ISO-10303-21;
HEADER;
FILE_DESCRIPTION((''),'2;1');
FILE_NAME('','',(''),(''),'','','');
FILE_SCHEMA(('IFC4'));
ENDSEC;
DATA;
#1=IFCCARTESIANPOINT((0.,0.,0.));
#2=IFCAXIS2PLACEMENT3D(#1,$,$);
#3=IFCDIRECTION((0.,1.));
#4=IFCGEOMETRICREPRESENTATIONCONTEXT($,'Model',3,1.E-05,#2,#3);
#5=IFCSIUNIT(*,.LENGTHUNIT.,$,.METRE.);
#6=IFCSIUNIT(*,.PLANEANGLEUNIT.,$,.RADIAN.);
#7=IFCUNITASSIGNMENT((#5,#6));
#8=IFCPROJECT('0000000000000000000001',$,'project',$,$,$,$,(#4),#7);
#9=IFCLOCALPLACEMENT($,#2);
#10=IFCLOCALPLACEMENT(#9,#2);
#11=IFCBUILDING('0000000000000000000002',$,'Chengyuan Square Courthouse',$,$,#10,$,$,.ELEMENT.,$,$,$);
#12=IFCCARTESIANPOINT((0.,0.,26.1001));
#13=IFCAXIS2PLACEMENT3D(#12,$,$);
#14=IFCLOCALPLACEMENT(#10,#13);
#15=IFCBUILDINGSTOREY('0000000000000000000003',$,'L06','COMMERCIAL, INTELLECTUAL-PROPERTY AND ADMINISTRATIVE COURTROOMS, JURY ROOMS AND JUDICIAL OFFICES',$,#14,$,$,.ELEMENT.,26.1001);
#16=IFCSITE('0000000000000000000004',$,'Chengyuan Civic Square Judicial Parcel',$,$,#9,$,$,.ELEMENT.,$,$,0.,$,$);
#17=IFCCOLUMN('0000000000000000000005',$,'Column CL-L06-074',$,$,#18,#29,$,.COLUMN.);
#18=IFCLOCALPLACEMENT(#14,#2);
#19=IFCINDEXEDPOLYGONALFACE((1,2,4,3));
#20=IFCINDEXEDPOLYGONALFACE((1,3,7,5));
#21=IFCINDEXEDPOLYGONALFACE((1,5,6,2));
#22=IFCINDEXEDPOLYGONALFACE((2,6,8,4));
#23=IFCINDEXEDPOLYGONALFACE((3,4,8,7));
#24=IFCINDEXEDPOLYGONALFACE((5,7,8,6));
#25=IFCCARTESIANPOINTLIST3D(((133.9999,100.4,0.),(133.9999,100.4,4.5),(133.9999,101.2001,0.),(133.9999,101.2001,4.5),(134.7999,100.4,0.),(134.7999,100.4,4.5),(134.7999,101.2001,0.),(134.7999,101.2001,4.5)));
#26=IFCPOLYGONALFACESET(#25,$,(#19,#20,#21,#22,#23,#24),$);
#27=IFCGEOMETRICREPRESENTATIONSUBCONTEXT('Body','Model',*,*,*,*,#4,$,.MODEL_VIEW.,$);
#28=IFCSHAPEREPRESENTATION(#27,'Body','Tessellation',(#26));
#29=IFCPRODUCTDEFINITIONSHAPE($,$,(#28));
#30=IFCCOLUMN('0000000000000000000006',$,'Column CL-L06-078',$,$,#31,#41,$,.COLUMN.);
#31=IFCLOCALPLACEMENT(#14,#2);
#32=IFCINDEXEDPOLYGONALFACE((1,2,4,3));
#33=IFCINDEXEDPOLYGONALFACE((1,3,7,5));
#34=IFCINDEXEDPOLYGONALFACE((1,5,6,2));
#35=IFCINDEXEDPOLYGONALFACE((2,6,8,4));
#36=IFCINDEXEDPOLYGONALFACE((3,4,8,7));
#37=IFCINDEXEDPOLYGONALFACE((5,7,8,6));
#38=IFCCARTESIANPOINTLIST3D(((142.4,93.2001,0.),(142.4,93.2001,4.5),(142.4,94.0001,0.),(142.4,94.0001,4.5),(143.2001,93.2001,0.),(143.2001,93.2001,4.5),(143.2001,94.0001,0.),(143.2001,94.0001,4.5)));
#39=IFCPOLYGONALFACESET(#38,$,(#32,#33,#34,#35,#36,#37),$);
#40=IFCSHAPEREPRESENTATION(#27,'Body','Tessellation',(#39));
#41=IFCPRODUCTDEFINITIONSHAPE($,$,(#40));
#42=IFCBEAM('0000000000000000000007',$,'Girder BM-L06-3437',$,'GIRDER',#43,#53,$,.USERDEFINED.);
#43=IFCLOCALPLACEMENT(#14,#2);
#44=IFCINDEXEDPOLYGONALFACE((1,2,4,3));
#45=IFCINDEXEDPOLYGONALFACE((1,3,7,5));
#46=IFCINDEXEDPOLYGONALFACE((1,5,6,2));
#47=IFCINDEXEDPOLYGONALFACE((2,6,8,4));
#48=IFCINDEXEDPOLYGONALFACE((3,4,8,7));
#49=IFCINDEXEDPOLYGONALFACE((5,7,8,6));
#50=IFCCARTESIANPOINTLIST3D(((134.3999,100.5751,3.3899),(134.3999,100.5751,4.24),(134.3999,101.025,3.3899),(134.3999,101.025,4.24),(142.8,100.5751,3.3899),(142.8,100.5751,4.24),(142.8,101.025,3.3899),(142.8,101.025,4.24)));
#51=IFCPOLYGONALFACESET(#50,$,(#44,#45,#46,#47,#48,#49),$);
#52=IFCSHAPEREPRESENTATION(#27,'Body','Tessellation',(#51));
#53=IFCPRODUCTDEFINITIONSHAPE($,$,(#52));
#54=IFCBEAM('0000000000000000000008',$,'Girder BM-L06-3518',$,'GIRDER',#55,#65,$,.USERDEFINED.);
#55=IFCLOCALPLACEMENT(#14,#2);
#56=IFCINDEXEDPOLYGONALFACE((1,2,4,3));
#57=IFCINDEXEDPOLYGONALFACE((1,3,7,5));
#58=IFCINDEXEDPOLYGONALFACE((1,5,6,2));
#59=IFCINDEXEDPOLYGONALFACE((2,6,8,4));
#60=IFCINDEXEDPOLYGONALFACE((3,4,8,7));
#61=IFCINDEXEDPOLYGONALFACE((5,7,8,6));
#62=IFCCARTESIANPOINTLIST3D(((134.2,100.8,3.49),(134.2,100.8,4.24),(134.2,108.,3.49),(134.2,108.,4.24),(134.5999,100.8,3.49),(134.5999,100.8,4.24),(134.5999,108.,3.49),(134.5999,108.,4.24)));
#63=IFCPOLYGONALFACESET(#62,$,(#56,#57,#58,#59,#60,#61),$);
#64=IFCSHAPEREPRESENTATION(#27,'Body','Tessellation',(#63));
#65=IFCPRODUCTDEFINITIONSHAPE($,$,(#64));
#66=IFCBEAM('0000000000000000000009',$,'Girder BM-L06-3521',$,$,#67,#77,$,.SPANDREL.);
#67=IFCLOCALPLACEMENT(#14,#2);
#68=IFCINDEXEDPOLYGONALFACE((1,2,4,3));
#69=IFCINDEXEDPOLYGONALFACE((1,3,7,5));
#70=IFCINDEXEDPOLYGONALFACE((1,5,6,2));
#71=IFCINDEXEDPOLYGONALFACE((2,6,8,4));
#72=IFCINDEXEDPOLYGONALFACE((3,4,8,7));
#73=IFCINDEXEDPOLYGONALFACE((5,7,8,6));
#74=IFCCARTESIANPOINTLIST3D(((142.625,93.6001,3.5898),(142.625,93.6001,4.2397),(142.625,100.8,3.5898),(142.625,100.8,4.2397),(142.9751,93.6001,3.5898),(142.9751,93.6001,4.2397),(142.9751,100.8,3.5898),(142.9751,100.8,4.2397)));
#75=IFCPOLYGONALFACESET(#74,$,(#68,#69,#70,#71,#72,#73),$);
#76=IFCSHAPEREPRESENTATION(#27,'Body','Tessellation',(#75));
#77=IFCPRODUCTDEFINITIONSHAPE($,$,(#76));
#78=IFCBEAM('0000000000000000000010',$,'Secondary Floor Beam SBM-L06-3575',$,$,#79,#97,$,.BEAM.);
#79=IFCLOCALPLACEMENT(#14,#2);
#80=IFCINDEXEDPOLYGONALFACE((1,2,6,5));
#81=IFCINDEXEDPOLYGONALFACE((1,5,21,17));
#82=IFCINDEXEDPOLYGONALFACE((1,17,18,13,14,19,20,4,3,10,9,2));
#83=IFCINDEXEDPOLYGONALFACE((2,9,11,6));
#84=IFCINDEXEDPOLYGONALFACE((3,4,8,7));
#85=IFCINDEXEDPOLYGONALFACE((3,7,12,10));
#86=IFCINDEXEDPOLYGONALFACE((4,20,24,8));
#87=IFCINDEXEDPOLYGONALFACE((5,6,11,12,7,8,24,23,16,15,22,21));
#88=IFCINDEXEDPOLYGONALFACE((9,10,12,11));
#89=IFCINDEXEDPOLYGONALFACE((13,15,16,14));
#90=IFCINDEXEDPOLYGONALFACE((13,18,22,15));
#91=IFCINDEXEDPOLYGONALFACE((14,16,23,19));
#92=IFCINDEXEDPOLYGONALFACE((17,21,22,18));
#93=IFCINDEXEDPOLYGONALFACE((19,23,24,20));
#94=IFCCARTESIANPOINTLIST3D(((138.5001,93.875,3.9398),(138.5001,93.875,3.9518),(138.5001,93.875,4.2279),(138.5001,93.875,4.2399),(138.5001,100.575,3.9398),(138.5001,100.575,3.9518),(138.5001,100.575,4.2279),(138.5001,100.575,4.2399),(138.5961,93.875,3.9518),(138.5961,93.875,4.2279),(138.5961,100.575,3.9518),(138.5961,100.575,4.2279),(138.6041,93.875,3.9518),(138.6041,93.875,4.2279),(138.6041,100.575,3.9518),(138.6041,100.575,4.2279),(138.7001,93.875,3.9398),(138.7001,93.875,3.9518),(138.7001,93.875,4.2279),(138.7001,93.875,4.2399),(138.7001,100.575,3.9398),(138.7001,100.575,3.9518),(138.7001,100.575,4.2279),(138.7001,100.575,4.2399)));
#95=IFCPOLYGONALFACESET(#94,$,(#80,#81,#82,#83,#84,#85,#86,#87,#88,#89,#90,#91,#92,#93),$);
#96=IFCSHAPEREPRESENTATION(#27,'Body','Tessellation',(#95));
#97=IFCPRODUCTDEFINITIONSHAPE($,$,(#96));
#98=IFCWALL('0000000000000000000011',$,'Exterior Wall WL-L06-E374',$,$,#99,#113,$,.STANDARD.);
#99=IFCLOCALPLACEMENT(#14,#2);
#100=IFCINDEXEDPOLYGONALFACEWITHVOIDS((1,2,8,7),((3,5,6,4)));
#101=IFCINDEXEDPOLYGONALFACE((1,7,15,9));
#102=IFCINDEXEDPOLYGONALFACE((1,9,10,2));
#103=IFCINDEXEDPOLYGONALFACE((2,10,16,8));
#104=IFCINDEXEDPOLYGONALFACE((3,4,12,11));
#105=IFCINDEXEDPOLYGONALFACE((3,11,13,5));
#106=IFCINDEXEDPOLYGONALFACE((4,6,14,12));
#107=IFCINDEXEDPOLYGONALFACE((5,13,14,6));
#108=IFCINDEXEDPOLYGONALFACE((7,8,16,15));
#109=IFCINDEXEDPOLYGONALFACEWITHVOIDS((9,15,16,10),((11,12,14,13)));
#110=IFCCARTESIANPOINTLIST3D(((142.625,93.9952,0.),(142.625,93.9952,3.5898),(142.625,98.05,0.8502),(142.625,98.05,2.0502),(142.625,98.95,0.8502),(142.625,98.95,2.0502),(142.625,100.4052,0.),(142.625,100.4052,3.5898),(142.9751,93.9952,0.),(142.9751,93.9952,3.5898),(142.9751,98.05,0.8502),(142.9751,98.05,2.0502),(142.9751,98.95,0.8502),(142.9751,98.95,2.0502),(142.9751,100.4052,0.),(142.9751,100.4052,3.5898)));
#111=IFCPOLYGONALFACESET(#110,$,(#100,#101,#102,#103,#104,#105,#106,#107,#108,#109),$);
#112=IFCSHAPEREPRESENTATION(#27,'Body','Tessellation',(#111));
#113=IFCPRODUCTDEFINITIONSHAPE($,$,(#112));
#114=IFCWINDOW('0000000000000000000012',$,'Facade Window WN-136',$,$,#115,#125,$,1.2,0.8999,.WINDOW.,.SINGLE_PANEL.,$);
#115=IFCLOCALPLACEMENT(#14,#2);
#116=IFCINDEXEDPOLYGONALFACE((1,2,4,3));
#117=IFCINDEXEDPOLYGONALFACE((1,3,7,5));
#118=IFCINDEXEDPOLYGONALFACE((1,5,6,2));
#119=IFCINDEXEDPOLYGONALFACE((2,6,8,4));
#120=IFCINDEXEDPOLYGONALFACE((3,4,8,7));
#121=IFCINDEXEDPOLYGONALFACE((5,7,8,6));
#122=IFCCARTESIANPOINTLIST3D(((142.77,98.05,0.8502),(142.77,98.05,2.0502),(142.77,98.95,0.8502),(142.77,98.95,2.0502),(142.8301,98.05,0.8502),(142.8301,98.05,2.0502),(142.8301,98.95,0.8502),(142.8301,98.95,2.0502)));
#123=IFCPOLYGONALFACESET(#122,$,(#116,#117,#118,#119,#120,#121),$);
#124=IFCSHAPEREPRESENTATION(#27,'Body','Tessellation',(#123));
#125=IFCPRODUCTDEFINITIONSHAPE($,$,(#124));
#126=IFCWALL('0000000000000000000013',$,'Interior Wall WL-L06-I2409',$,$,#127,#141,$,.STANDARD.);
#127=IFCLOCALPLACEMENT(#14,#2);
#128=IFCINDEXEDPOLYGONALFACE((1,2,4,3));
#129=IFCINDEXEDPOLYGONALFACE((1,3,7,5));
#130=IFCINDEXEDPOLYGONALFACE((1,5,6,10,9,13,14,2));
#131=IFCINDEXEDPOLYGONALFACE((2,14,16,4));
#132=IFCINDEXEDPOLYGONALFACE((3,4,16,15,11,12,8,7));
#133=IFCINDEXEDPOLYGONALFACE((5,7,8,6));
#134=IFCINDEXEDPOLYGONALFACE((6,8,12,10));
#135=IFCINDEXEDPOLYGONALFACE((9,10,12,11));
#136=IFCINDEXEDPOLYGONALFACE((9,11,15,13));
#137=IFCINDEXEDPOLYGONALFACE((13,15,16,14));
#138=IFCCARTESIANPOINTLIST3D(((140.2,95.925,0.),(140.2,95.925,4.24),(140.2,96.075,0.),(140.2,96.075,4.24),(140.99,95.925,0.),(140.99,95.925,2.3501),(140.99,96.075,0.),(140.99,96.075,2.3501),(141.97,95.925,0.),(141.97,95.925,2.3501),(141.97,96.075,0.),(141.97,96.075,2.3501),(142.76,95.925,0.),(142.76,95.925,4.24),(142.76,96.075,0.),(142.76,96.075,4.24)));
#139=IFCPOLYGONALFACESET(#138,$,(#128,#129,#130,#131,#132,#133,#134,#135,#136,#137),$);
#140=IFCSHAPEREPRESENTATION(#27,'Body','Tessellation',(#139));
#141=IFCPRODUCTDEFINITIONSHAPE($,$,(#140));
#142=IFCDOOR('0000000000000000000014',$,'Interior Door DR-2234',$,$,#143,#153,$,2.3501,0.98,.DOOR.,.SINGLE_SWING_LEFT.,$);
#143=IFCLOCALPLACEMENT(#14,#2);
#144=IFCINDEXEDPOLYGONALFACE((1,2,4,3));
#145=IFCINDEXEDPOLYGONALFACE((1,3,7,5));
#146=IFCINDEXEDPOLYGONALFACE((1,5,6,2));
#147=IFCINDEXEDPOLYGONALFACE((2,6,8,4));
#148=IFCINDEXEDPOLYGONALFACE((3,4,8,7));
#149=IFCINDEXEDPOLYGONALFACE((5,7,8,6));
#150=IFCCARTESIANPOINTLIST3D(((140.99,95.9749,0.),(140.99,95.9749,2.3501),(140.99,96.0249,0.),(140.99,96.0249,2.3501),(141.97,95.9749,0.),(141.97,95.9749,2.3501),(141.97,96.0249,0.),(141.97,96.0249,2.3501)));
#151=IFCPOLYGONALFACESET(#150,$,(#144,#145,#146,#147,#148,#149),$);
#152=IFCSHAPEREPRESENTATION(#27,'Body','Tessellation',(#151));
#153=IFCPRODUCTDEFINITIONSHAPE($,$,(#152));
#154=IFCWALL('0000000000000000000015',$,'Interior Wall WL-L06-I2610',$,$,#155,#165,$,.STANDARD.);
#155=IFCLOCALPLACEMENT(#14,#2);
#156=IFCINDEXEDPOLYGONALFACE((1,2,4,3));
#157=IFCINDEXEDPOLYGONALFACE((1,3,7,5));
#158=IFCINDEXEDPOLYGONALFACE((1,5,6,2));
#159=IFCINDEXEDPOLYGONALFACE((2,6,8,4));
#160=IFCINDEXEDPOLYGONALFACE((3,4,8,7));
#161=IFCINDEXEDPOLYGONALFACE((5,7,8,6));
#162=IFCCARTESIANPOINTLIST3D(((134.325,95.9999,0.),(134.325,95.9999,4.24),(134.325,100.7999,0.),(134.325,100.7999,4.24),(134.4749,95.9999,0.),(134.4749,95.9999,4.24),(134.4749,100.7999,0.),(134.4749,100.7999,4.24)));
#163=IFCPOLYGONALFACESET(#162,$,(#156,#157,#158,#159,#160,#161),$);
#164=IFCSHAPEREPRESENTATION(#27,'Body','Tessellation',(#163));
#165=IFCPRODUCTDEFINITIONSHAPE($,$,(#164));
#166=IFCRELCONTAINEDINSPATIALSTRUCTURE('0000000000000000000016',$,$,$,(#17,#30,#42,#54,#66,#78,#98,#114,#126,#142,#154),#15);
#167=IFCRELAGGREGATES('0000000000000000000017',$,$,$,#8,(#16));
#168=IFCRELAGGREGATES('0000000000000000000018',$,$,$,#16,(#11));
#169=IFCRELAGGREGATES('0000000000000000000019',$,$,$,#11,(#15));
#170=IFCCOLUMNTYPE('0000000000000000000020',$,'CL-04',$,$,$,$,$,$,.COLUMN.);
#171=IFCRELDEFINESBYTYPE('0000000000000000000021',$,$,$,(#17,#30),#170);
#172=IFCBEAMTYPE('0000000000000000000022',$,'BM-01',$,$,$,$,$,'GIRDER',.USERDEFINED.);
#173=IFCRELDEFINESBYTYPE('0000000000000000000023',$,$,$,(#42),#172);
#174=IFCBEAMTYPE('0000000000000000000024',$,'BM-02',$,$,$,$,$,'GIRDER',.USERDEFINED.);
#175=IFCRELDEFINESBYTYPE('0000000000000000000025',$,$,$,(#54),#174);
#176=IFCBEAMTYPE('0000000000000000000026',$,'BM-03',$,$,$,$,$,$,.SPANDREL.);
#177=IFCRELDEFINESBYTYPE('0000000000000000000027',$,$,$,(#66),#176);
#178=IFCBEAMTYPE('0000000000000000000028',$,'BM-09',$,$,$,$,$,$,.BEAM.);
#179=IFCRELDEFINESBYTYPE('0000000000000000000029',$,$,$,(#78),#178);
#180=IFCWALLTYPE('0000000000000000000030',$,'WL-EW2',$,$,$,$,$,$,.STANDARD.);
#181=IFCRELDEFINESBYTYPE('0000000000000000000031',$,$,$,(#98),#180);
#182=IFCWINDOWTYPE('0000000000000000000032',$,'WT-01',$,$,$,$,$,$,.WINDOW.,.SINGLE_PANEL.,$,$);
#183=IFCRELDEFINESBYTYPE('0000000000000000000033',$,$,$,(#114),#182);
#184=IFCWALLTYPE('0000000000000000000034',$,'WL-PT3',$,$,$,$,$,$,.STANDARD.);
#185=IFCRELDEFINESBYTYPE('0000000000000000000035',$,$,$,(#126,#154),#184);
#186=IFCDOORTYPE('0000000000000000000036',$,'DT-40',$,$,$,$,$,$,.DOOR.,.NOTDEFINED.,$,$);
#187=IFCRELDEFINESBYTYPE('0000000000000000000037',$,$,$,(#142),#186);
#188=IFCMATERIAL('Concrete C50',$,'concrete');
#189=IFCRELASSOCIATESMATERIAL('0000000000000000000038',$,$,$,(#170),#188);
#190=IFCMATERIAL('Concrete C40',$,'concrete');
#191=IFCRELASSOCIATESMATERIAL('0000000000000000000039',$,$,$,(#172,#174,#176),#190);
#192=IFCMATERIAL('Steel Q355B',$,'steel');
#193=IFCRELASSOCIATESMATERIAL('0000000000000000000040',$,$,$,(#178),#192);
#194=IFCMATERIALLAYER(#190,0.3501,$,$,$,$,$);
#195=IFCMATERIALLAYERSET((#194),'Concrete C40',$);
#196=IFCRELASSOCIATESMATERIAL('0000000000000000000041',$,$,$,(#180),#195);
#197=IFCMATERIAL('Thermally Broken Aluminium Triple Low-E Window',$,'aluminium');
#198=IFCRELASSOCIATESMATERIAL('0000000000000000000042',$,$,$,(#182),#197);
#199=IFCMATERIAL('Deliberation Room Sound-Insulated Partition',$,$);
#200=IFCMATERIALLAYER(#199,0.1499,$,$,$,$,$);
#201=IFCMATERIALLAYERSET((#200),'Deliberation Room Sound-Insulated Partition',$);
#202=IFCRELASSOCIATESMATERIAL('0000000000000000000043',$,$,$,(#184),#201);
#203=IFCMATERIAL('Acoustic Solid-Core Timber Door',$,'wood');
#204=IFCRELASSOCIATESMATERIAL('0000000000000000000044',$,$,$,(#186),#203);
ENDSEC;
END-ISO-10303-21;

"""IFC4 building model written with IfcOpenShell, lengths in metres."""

from ifc_helpers import new_model, si_unit, direction, frame, frame_2d, origin, origin_2d, place, context, subcontext, project, spatial, rectangle, i_section, extrude, material, layer, layer_set, material_profile, profile_set, type_object, element, fill, save


model = new_model("IFC4")

# Units and contexts
model_context = context("Model", 3, precision=1e-05, world=origin(), true_north=direction((0.0, 1.0)))
body_context = subcontext(model_context, "Body", "Model", "MODEL_VIEW")
ifc_project = project(units=[si_unit("LENGTHUNIT", "METRE"), si_unit("PLANEANGLEUNIT", "RADIAN")], contexts=[model_context])

# Site, building, storey
site_placement = place(None, origin())
site = spatial("IfcSite", under=ifc_project, at=site_placement, Name="Chengyuan Civic Square Judicial Parcel", CompositionType="ELEMENT", RefElevation=0.0)
building_placement = place(site_placement, origin())
building = spatial("IfcBuilding", under=site, at=building_placement, Name="Chengyuan Square Courthouse", CompositionType="ELEMENT")
storey_placement = place(building_placement, frame((0.0, 0.0, 26.1001)))
storey = spatial("IfcBuildingStorey", under=building, at=storey_placement, Name="L06", Description="COMMERCIAL, INTELLECTUAL-PROPERTY AND ADMINISTRATIVE COURTROOMS, JURY ROOMS AND JUDICIAL OFFICES", CompositionType="ELEMENT", Elevation=26.1001)

# Columns
ifc_material_1 = material(Name="Concrete C50", Category="concrete")
ifc_material_profile_1 = material_profile(ifc_material_1, rectangle(XDim=0.8, YDim=0.8, at=origin_2d()), Name="RC-COL-800x800")
ifc_profile_set_1 = profile_set([ifc_material_profile_1], Name="Concrete C50")
column_type = type_object("IfcColumnType", Name="CL-04", PredefinedType="COLUMN", material=ifc_profile_set_1)
for number, where, z_axis, x_axis, name in (
    (1, (134.3999, 100.8, 0.0), (0.0, 0.0, 1.0), (1.0, 0.0, 0.0), "Column CL-L06-074"),
    (2, (142.8, 93.6001, 0.0), (0.0, 0.0, 1.0), (1.0, 0.0, 0.0), "Column CL-L06-078"),
):
    element("IfcColumn", number, at=place(storey_placement, frame(where, z_axis=z_axis, x_axis=x_axis)), inside=storey, type_object=column_type, Name=name, PredefinedType="COLUMN", context=body_context, shape_type="SweptSolid", body=[
        extrude(rectangle(XDim=0.8, YDim=0.8, at=origin_2d()), origin(), (0.0, 0.0, 1.0), 4.5),
    ])

# Beams
ifc_material_2 = material(Name="Concrete C40", Category="concrete")
ifc_material_profile_2 = material_profile(ifc_material_2, rectangle(XDim=0.45, YDim=0.8501, at=origin_2d()), Name="RC-BM-450x850")
ifc_profile_set_2 = profile_set([ifc_material_profile_2], Name="Concrete C40")
beam_type_1 = type_object("IfcBeamType", Name="BM-01", ElementType="GIRDER", PredefinedType="USERDEFINED", material=ifc_profile_set_2)
beam_1_placement = place(storey_placement, frame((134.3999, 100.8, 3.8149), z_axis=(1.0, 0.0, 0.0), x_axis=(0.0, 1.0, 0.0)))
element("IfcBeam", 3, at=beam_1_placement, inside=storey, type_object=beam_type_1, Name="Girder BM-L06-3437", ObjectType="GIRDER", PredefinedType="USERDEFINED", context=body_context, shape_type="SweptSolid", body=[
    extrude(rectangle(XDim=0.45, YDim=0.8501, at=origin_2d()), origin(), (0.0, 0.0, 1.0), 8.4001),
])
ifc_material_profile_3 = material_profile(ifc_material_2, rectangle(XDim=0.3999, YDim=0.75, at=origin_2d()), Name="RC-BM-400x750")
ifc_profile_set_3 = profile_set([ifc_material_profile_3], Name="Concrete C40")
beam_type_2 = type_object("IfcBeamType", Name="BM-02", ElementType="GIRDER", PredefinedType="USERDEFINED", material=ifc_profile_set_3)
beam_2_placement = place(storey_placement, frame((134.3999, 100.8, 3.865), z_axis=(0.0, 1.0, 0.0), x_axis=(-1.0, 0.0, 0.0)))
element("IfcBeam", 4, at=beam_2_placement, inside=storey, type_object=beam_type_2, Name="Girder BM-L06-3518", ObjectType="GIRDER", PredefinedType="USERDEFINED", context=body_context, shape_type="SweptSolid", body=[
    extrude(rectangle(XDim=0.3999, YDim=0.75, at=origin_2d()), origin(), (0.0, 0.0, 1.0), 7.2),
])
ifc_material_profile_4 = material_profile(ifc_material_2, rectangle(XDim=0.3501, YDim=0.6499, at=origin_2d()), Name="RC-BM-350x650")
ifc_profile_set_4 = profile_set([ifc_material_profile_4], Name="Concrete C40")
beam_type_3 = type_object("IfcBeamType", Name="BM-03", PredefinedType="SPANDREL", material=ifc_profile_set_4)
beam_3_placement = place(storey_placement, frame((142.8, 93.6001, 3.9148), z_axis=(0.0, 1.0, 0.0), x_axis=(-1.0, 0.0, 0.0)))
element("IfcBeam", 5, at=beam_3_placement, inside=storey, type_object=beam_type_3, Name="Girder BM-L06-3521", PredefinedType="SPANDREL", context=body_context, shape_type="SweptSolid", body=[
    extrude(rectangle(XDim=0.3501, YDim=0.6499, at=origin_2d()), origin(), (0.0, 0.0, 1.0), 7.2),
])
ifc_material_3 = material(Name="Steel Q355B", Category="steel")
ifc_material_profile_5 = material_profile(ifc_material_3, i_section(OverallWidth=0.2, OverallDepth=0.3, WebThickness=0.0081, FlangeThickness=0.012, at=origin_2d()), Name="HM 300x200x8x12")
ifc_profile_set_5 = profile_set([ifc_material_profile_5], Name="Steel Q355B")
beam_type_4 = type_object("IfcBeamType", Name="BM-09", PredefinedType="BEAM", material=ifc_profile_set_5)
beam_4_placement = place(storey_placement, frame((138.6001, 93.875, 4.0898), z_axis=(0.0, 1.0, 0.0), x_axis=(-1.0, 0.0, 0.0)))
element("IfcBeam", 6, at=beam_4_placement, inside=storey, type_object=beam_type_4, Name="Secondary Floor Beam SBM-L06-3575", PredefinedType="BEAM", context=body_context, shape_type="SweptSolid", body=[
    extrude(i_section(OverallWidth=0.2, OverallDepth=0.3, WebThickness=0.0081, FlangeThickness=0.012, at=origin_2d()), origin(), (0.0, 0.0, 1.0), 6.7),
])

# Wall, opening, window
ifc_layer_1 = layer(ifc_material_2, 0.3501)
ifc_layer_set_1 = layer_set([ifc_layer_1], Name="Concrete C40")
wall_type_1 = type_object("IfcWallType", Name="WL-EW2", PredefinedType="STANDARD", material=ifc_layer_set_1)
wall_1_placement = place(storey_placement, frame((142.8, 93.9951, 0.0), z_axis=(0.0, 0.0, 1.0), x_axis=(0.0, 1.0, 0.0)))
wall_1 = element("IfcWall", 7, at=wall_1_placement, inside=storey, type_object=wall_type_1, Name="Exterior Wall WL-L06-E374", PredefinedType="STANDARD", context=body_context, shape_type="SweptSolid", body=[
    extrude(rectangle(XDim=6.4099, YDim=0.3501, at=frame_2d((3.2051, 0.0))), origin(), (0.0, 0.0, 1.0), 3.5898),
])
opening_1_placement = place(wall_1_placement, frame((4.0549, 0.0, 0.8501)))
opening_1 = element("IfcOpeningElement", 8, at=opening_1_placement, cuts=wall_1, PredefinedType="OPENING", context=body_context, shape_type="SweptSolid", body=[
    extrude(rectangle(XDim=0.8999, YDim=1.2, at=frame_2d((0.45, 0.6001))), frame((0.0, 0.187, 0.0), z_axis=(0.0, -1.0, 0.0), x_axis=(1.0, 0.0, 0.0)), (0.0, 0.0, 1.0), 0.374),
])
ifc_material_4 = material(Name="Thermally Broken Aluminium Triple Low-E Window", Category="aluminium")
window_type = type_object("IfcWindowType", Name="WT-01", PartitioningType="SINGLE_PANEL", PredefinedType="WINDOW", material=ifc_material_4)
window_placement = place(opening_1_placement, origin())
window = element("IfcWindow", 9, at=window_placement, inside=storey, type_object=window_type, Name="Facade Window WN-136", OverallHeight=1.2, OverallWidth=0.8999, PartitioningType="SINGLE_PANEL", PredefinedType="WINDOW", context=body_context, shape_type="SweptSolid", body=[
    extrude(rectangle(XDim=0.8999, YDim=1.2, at=frame_2d((0.45, 0.6001))), frame((0.0, 0.03, 0.0), z_axis=(0.0, -1.0, 0.0), x_axis=(1.0, 0.0, 0.0)), (0.0, 0.0, 1.0), 0.0601),
])
fill(opening_1, window)

# Wall, opening, door
ifc_material_5 = material(Name="Deliberation Room Sound-Insulated Partition")
ifc_layer_2 = layer(ifc_material_5, 0.1499)
ifc_layer_set_2 = layer_set([ifc_layer_2], Name="Deliberation Room Sound-Insulated Partition")
wall_type_2 = type_object("IfcWallType", Name="WL-PT3", PredefinedType="STANDARD", material=ifc_layer_set_2)
wall_2_placement = place(storey_placement, frame((140.2, 96.0, 0.0), z_axis=(0.0, 0.0, 1.0), x_axis=(1.0, 0.0, 0.0)))
wall_2 = element("IfcWall", 10, at=wall_2_placement, inside=storey, type_object=wall_type_2, Name="Interior Wall WL-L06-I2409", PredefinedType="STANDARD", context=body_context, shape_type="SweptSolid", body=[
    extrude(rectangle(XDim=2.5601, YDim=0.1499, at=frame_2d((1.28, 0.0))), origin(), (0.0, 0.0, 1.0), 4.24),
])
opening_2_placement = place(wall_2_placement, frame((0.79, 0.0, 0.0)))
opening_2 = element("IfcOpeningElement", 11, at=opening_2_placement, cuts=wall_2, PredefinedType="OPENING", context=body_context, shape_type="SweptSolid", body=[
    extrude(rectangle(XDim=0.98, YDim=2.3501, at=frame_2d((0.49, 1.175))), frame((0.0, 0.0869, 0.0), z_axis=(0.0, -1.0, 0.0), x_axis=(1.0, 0.0, 0.0)), (0.0, 0.0, 1.0), 0.1738),
])
ifc_material_6 = material(Name="Acoustic Solid-Core Timber Door", Category="wood")
door_type_1 = type_object("IfcDoorType", Name="DT-40", OperationType="NOTDEFINED", PredefinedType="DOOR", material=ifc_material_6)
door_1_placement = place(opening_2_placement, origin())
door_1 = element("IfcDoor", 12, at=door_1_placement, inside=storey, type_object=door_type_1, Name="Interior Door DR-2234", OperationType="SINGLE_SWING_LEFT", OverallHeight=2.3501, OverallWidth=0.98, PredefinedType="DOOR", context=body_context, shape_type="SweptSolid", body=[
    extrude(rectangle(XDim=0.98, YDim=2.3501, at=frame_2d((0.49, 1.175))), frame((0.0, 0.0249, 0.0), z_axis=(0.0, -1.0, 0.0), x_axis=(1.0, 0.0, 0.0)), (0.0, 0.0, 1.0), 0.05),
])
fill(opening_2, door_1)

# Wall
wall_3_placement = place(storey_placement, frame((134.3999, 96.0, 0.0), z_axis=(0.0, 0.0, 1.0), x_axis=(0.0, 1.0, 0.0)))
element("IfcWall", 13, at=wall_3_placement, inside=storey, type_object=wall_type_2, Name="Interior Wall WL-L06-I2610", PredefinedType="STANDARD", context=body_context, shape_type="SweptSolid", body=[
    extrude(rectangle(XDim=4.8, YDim=0.1499, at=frame_2d((2.3999, 0.0))), origin(), (0.0, 0.0, 1.0), 4.24),
])

save(model, "model.ifc")
